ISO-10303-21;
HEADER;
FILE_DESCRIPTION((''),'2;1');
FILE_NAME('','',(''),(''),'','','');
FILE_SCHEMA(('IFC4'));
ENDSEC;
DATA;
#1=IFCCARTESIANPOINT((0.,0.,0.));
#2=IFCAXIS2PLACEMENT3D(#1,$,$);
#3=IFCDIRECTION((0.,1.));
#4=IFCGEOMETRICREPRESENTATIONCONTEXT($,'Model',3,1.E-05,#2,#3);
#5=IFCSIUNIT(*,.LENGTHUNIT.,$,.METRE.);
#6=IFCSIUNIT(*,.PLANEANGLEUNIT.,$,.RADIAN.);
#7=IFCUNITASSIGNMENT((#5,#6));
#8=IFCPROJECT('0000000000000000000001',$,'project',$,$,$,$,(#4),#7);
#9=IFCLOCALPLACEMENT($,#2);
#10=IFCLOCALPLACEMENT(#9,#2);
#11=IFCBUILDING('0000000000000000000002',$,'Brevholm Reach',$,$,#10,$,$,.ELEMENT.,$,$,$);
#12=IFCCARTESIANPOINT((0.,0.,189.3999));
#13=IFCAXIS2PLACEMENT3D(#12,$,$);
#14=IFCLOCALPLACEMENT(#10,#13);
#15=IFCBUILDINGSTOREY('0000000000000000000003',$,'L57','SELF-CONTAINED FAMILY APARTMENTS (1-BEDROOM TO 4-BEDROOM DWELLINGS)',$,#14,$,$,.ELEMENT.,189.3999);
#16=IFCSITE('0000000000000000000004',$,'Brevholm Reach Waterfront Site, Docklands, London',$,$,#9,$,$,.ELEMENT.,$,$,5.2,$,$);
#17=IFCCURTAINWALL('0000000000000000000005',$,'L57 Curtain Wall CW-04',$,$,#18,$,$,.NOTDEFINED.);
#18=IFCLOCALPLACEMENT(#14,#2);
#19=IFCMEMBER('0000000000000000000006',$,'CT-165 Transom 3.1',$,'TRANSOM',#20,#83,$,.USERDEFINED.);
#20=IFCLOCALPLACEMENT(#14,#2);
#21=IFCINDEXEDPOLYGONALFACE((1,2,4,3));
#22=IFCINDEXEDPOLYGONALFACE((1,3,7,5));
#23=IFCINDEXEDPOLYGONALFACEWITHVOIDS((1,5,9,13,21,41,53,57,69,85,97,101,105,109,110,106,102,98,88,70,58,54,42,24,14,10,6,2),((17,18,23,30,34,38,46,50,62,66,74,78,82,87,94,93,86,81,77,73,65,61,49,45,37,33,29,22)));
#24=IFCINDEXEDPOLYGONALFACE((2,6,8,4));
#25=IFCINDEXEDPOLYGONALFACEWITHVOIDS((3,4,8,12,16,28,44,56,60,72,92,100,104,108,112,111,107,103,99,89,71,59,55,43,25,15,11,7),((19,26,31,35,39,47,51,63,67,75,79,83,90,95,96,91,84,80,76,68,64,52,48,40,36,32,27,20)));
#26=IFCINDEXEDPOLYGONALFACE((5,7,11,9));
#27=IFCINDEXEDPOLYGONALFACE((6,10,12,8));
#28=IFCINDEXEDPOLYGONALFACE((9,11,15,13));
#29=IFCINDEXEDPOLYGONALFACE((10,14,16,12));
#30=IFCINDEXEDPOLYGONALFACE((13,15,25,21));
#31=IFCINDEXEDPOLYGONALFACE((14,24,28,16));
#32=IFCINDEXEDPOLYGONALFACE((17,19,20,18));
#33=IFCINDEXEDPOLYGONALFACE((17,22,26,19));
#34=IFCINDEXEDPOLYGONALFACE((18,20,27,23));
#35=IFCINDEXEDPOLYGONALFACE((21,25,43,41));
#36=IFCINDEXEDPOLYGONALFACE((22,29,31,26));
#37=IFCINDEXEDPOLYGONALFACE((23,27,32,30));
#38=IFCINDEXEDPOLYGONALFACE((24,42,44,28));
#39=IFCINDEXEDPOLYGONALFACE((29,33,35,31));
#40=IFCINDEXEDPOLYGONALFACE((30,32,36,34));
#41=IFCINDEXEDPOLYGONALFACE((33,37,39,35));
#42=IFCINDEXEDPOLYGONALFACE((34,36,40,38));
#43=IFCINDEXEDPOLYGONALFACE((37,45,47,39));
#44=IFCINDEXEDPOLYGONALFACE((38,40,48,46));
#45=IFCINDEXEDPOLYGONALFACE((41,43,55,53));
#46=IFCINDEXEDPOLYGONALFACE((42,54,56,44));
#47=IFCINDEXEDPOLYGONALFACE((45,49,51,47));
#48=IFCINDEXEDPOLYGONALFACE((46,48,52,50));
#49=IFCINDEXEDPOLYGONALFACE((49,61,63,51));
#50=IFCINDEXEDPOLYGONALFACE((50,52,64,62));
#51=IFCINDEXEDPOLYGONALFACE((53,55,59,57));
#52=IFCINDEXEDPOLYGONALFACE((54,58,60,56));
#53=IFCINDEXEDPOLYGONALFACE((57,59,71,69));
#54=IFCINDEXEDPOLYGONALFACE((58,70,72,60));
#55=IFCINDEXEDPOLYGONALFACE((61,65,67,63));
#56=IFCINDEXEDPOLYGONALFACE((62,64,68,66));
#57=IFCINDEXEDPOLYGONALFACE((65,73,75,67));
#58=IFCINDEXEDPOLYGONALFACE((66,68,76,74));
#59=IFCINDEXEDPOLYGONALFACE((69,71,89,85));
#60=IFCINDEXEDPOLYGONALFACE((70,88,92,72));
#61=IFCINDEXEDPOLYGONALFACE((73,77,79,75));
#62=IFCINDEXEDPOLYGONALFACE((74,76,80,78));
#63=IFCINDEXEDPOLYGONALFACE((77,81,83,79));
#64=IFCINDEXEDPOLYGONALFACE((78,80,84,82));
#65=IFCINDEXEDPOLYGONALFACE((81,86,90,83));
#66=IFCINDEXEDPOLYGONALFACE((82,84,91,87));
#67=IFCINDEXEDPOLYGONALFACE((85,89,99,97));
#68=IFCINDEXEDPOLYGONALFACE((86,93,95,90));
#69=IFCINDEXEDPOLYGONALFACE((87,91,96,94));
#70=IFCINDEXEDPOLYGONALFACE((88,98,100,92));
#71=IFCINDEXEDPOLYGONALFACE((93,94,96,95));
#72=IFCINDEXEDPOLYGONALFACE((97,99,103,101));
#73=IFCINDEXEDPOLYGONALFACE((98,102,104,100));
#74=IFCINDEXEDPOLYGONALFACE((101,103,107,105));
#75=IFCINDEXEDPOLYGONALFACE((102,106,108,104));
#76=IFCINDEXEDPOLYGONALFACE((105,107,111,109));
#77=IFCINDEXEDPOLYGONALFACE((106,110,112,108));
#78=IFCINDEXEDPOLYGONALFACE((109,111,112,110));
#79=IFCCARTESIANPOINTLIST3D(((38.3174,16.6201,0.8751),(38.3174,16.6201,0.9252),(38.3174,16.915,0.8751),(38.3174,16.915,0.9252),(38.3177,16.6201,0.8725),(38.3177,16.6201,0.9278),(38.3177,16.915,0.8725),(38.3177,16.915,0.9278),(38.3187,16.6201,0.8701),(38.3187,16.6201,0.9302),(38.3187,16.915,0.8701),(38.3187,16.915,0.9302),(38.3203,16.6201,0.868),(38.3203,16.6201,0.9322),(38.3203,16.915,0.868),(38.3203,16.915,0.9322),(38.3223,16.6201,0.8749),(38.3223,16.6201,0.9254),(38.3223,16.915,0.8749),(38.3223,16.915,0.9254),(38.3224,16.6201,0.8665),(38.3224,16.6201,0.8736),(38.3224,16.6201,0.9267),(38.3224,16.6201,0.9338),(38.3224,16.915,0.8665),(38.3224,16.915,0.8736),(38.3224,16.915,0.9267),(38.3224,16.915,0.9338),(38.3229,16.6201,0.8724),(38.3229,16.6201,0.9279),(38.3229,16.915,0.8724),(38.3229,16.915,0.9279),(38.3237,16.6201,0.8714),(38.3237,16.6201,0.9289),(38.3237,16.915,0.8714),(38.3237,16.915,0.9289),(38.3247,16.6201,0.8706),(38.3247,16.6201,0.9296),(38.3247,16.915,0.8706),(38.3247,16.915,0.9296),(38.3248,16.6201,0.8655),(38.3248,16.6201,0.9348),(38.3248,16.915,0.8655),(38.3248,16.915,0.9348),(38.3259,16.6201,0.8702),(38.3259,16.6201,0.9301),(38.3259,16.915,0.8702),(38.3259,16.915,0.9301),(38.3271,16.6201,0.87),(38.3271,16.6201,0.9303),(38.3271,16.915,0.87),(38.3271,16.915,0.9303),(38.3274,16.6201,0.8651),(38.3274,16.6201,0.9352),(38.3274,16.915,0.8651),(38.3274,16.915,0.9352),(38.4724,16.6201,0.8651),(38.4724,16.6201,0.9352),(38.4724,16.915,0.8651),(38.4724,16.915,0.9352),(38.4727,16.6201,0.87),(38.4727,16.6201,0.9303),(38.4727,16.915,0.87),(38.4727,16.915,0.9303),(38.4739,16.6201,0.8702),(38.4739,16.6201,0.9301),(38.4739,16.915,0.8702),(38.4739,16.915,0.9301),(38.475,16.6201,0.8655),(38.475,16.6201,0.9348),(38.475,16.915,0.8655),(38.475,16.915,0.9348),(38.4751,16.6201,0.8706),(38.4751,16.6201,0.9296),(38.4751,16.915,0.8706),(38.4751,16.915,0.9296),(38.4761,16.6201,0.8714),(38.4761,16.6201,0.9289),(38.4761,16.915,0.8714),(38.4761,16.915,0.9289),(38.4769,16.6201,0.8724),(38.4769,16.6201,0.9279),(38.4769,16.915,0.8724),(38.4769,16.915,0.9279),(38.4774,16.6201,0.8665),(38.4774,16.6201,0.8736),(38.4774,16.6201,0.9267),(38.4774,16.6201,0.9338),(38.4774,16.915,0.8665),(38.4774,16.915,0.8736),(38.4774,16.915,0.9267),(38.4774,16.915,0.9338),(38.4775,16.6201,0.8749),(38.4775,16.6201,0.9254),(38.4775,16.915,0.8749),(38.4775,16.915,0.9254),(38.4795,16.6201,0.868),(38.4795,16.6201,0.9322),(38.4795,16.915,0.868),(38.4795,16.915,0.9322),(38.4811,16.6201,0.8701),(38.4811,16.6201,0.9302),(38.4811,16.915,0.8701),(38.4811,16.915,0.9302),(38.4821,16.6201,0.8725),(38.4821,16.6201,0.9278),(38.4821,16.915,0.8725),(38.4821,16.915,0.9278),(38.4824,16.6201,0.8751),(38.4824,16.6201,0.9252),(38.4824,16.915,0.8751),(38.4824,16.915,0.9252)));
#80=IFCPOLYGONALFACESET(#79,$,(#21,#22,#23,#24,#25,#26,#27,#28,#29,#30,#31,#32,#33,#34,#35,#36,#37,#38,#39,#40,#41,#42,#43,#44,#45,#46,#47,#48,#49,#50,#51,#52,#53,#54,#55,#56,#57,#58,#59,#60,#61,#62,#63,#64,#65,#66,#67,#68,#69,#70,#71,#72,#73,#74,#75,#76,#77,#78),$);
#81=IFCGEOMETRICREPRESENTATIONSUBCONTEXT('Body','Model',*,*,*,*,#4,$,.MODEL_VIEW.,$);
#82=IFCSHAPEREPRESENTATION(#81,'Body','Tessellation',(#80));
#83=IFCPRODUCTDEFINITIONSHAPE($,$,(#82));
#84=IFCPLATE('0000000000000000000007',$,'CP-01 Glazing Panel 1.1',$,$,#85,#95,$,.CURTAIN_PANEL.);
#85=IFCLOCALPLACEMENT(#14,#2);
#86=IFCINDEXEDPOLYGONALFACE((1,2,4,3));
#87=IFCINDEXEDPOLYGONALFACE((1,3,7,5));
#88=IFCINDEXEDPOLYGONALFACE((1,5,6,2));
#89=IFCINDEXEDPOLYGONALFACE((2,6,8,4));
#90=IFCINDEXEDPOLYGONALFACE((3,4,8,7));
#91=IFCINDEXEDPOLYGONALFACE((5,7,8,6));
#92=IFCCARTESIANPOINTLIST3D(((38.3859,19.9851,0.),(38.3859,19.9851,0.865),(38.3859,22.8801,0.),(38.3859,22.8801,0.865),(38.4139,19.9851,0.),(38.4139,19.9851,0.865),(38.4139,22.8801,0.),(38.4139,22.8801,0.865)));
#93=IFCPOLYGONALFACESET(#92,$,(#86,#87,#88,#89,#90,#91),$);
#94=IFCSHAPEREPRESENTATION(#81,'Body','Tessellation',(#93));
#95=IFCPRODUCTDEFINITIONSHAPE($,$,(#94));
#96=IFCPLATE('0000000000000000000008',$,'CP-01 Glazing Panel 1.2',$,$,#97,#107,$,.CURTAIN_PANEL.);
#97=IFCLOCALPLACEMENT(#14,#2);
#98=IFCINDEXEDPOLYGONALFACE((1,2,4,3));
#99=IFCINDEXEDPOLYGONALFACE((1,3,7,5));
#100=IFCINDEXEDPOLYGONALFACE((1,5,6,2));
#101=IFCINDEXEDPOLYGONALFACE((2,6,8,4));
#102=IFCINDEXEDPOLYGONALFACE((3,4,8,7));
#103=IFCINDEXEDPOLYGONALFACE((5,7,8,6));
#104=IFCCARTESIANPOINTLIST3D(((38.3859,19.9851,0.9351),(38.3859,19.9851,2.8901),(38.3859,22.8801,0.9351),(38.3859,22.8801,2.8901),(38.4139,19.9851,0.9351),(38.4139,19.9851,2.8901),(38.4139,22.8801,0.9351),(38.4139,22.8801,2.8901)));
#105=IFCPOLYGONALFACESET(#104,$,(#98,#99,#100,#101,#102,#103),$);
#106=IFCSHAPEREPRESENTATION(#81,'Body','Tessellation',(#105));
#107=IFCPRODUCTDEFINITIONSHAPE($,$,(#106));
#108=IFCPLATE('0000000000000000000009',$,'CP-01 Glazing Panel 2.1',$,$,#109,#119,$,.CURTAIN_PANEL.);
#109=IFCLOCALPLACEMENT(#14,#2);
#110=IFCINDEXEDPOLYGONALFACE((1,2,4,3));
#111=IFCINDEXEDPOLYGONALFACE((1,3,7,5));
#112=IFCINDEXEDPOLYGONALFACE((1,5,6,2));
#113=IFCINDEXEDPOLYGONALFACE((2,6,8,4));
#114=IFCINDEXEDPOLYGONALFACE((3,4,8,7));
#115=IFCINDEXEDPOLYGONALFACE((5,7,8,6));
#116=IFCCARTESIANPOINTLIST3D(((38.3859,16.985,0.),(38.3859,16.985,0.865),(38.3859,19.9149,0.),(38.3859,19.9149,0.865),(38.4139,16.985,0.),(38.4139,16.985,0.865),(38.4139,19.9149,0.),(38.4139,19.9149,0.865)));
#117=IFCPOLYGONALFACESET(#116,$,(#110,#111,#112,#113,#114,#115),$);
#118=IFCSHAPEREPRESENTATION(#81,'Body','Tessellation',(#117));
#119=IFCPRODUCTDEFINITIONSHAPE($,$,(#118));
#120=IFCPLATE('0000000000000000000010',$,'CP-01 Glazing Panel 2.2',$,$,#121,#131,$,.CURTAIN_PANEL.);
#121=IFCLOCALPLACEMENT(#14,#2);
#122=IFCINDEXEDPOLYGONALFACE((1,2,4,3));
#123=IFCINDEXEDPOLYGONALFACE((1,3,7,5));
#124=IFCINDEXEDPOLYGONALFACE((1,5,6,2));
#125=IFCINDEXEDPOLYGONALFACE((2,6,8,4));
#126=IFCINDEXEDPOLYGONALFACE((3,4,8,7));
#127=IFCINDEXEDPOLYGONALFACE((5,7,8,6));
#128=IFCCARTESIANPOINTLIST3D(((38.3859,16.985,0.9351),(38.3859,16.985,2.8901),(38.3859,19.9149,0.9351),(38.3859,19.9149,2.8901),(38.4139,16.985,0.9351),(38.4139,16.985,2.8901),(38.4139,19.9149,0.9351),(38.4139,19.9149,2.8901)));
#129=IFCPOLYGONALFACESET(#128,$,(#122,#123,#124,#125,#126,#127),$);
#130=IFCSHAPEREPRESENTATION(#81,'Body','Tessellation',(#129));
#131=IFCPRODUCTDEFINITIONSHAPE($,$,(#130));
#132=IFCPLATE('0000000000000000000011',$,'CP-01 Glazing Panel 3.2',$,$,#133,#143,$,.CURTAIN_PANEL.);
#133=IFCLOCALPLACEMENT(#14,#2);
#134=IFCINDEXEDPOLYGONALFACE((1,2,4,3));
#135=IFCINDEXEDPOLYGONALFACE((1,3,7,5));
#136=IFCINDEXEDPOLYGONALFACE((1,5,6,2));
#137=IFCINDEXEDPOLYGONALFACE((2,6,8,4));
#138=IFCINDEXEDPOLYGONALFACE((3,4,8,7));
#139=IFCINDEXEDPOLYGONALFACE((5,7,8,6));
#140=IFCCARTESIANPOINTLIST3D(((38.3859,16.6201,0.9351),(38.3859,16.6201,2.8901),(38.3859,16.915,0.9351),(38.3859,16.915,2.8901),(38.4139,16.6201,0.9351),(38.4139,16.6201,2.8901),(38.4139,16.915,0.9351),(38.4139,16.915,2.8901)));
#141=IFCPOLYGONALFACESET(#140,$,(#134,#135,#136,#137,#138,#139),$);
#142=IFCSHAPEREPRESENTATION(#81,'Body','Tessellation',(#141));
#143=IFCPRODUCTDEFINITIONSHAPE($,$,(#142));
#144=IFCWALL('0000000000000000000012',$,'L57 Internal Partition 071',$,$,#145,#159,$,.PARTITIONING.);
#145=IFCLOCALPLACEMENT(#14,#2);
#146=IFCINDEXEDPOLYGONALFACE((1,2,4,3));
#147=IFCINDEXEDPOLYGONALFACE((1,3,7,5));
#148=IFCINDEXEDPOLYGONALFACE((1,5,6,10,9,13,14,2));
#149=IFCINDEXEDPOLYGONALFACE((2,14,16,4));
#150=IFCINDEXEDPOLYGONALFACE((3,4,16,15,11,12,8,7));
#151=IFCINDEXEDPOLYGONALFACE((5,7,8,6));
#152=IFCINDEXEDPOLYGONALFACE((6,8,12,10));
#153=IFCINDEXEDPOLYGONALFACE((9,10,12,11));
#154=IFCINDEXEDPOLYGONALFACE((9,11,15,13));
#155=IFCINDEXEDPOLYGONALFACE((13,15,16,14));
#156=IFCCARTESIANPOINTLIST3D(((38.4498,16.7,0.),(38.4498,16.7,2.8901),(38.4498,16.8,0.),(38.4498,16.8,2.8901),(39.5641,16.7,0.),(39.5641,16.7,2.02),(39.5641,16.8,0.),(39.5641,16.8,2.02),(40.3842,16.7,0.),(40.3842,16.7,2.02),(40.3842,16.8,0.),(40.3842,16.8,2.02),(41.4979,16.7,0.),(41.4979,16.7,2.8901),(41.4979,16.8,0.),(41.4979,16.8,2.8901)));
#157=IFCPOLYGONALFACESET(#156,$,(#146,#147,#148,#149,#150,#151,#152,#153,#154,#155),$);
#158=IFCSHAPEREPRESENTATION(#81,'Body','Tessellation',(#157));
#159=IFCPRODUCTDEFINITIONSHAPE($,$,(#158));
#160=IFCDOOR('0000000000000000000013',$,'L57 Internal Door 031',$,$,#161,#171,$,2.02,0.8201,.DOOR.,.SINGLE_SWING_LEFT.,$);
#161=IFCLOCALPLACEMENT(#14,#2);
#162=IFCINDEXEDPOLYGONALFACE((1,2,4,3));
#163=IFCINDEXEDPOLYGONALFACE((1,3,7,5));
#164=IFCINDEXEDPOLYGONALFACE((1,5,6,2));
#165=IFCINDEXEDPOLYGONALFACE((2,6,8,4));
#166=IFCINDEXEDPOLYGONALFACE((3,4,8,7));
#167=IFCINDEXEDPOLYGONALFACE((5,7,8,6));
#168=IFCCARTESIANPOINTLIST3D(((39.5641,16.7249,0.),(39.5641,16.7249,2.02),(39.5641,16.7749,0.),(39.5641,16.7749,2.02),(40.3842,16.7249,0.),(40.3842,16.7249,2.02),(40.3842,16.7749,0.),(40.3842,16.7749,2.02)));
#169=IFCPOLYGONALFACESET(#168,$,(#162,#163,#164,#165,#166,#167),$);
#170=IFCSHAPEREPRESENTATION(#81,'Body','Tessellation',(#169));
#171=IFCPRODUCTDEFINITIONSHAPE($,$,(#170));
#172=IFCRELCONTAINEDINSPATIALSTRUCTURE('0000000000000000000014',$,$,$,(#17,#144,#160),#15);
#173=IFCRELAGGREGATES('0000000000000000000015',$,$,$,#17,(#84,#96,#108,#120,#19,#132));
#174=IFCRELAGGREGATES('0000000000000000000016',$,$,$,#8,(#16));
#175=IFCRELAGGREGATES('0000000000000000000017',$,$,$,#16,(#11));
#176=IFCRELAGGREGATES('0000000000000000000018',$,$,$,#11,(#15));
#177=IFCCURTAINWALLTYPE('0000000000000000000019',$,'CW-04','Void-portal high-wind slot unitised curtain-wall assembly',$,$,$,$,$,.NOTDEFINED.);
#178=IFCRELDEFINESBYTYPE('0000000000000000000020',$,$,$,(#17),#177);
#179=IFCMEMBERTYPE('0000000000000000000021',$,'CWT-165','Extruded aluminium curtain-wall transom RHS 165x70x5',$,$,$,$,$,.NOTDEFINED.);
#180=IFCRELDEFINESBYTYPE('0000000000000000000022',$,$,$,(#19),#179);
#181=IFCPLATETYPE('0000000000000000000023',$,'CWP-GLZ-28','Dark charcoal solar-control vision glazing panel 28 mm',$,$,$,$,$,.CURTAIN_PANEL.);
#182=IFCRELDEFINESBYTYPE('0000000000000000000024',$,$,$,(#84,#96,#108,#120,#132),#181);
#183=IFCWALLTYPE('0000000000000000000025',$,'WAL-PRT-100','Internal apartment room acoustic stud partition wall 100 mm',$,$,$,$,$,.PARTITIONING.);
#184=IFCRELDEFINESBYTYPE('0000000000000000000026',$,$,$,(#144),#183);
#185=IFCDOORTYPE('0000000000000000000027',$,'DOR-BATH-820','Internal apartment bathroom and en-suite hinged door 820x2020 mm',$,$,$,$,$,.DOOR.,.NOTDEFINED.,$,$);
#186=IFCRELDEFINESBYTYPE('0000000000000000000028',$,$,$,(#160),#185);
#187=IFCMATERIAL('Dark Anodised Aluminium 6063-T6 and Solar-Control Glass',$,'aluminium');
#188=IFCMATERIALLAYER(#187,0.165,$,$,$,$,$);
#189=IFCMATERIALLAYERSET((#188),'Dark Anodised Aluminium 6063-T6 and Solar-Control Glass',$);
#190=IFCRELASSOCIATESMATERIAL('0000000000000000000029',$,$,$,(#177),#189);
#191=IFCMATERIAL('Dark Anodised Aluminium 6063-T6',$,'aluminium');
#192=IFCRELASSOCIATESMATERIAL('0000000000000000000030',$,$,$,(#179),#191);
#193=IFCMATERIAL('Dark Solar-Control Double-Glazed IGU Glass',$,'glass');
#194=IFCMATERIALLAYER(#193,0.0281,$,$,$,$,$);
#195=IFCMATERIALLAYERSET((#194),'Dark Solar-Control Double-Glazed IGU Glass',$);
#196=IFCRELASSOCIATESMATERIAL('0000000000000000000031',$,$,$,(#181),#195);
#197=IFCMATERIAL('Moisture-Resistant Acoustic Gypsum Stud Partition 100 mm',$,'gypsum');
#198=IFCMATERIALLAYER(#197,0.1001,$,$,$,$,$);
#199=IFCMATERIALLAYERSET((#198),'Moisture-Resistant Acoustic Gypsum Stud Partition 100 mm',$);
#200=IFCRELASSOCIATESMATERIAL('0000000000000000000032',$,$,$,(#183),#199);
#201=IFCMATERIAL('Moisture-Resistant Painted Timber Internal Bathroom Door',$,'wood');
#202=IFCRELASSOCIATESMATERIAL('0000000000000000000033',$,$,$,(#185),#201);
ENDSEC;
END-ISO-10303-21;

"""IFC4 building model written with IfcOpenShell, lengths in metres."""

from ifc_helpers import new_model, si_unit, direction, frame, frame_2d, origin, origin_2d, place, context, subcontext, project, spatial, rectangle, hollow_rectangle, extrude, material, layer, layer_set, material_profile, profile_set, type_object, element, fill, aggregate, save


model = new_model("IFC4")

# Units and contexts
model_context = context("Model", 3, precision=1e-05, world=origin(), true_north=direction((0.0, 1.0)))
body_context = subcontext(model_context, "Body", "Model", "MODEL_VIEW")
ifc_project = project(units=[si_unit("LENGTHUNIT", "METRE"), si_unit("PLANEANGLEUNIT", "RADIAN")], contexts=[model_context])

# Site, building, storey
site_placement = place(None, origin())
site = spatial("IfcSite", under=ifc_project, at=site_placement, Name="Brevholm Reach Waterfront Site, Docklands, London", CompositionType="ELEMENT", RefElevation=5.2)
building_placement = place(site_placement, origin())
building = spatial("IfcBuilding", under=site, at=building_placement, Name="Brevholm Reach", CompositionType="ELEMENT")
storey_placement = place(building_placement, frame((0.0, 0.0, 189.3999)))
storey = spatial("IfcBuildingStorey", under=building, at=storey_placement, Name="L57", Description="SELF-CONTAINED FAMILY APARTMENTS (1-BEDROOM TO 4-BEDROOM DWELLINGS)", CompositionType="ELEMENT", Elevation=189.3999)

# Curtain wall, member, plates
ifc_material_1 = material(Name="Dark Anodised Aluminium 6063-T6 and Solar-Control Glass", Category="aluminium")
ifc_layer_1 = layer(ifc_material_1, 0.165)
ifc_layer_set_1 = layer_set([ifc_layer_1], Name="Dark Anodised Aluminium 6063-T6 and Solar-Control Glass")
curtain_wall_type = type_object("IfcCurtainWallType", Name="CW-04", Description="Void-portal high-wind slot unitised curtain-wall assembly", PredefinedType="NOTDEFINED", material=ifc_layer_set_1)
curtain_wall_placement = place(storey_placement, origin())
curtain_wall = element("IfcCurtainWall", 1, at=curtain_wall_placement, inside=storey, type_object=curtain_wall_type, Name="L57 Curtain Wall CW-04", PredefinedType="NOTDEFINED")
ifc_material_2 = material(Name="Dark Anodised Aluminium 6063-T6", Category="aluminium")
ifc_material_profile_1 = material_profile(ifc_material_2, hollow_rectangle(XDim=0.0701, YDim=0.165, WallThickness=0.0049, InnerFilletRadius=0.0049, OuterFilletRadius=0.01, at=origin_2d()), Name="RHS 165x70x5")
ifc_profile_set_1 = profile_set([ifc_material_profile_1], Name="Dark Anodised Aluminium 6063-T6")
member_type_1 = type_object("IfcMemberType", Name="CWT-165", Description="Extruded aluminium curtain-wall transom RHS 165x70x5", PredefinedType="NOTDEFINED", material=ifc_profile_set_1)
member_1_placement = place(storey_placement, frame((38.3999, 16.915, 0.9001), z_axis=(0.0, -1.0, 0.0), x_axis=(0.0, 0.0, 1.0)))
member_1 = element("IfcMember", 2, at=member_1_placement, type_object=member_type_1, Name="CT-165 Transom 3.1", ObjectType="TRANSOM", PredefinedType="USERDEFINED", context=body_context, shape_type="SweptSolid", body=[
    extrude(hollow_rectangle(XDim=0.0701, YDim=0.165, WallThickness=0.0049, InnerFilletRadius=0.0049, OuterFilletRadius=0.01, at=origin_2d()), origin(), (0.0, 0.0, 1.0), 0.2949),
])
ifc_material_3 = material(Name="Dark Solar-Control Double-Glazed IGU Glass", Category="glass")
ifc_layer_2 = layer(ifc_material_3, 0.0281)
ifc_layer_set_2 = layer_set([ifc_layer_2], Name="Dark Solar-Control Double-Glazed IGU Glass")
plate_type = type_object("IfcPlateType", Name="CWP-GLZ-28", Description="Dark charcoal solar-control vision glazing panel 28 mm", PredefinedType="CURTAIN_PANEL", material=ifc_layer_set_2)
plate_1_placement = place(storey_placement, frame((38.3999, 21.4326, 0.0), z_axis=(0.0, 0.0, 1.0), x_axis=(0.0, -1.0, 0.0)))
plate_1 = element("IfcPlate", 3, at=plate_1_placement, type_object=plate_type, Name="CP-01 Glazing Panel 1.1", PredefinedType="CURTAIN_PANEL", context=body_context, shape_type="SweptSolid", body=[
    extrude(rectangle(XDim=2.895, YDim=0.0281, at=origin_2d()), origin(), (0.0, 0.0, 1.0), 0.865),
])
plate_2_placement = place(storey_placement, frame((38.3999, 21.4326, 0.9351), z_axis=(0.0, 0.0, 1.0), x_axis=(0.0, -1.0, 0.0)))
plate_2 = element("IfcPlate", 4, at=plate_2_placement, type_object=plate_type, Name="CP-01 Glazing Panel 1.2", PredefinedType="CURTAIN_PANEL", context=body_context, shape_type="SweptSolid", body=[
    extrude(rectangle(XDim=2.895, YDim=0.0281, at=origin_2d()), origin(), (0.0, 0.0, 1.0), 1.9551),
])
plate_3_placement = place(storey_placement, frame((38.3999, 18.45, 0.0), z_axis=(0.0, 0.0, 1.0), x_axis=(0.0, -1.0, 0.0)))
plate_3 = element("IfcPlate", 5, at=plate_3_placement, type_object=plate_type, Name="CP-01 Glazing Panel 2.1", PredefinedType="CURTAIN_PANEL", context=body_context, shape_type="SweptSolid", body=[
    extrude(rectangle(XDim=2.9299, YDim=0.0281, at=origin_2d()), origin(), (0.0, 0.0, 1.0), 0.865),
])
plate_4_placement = place(storey_placement, frame((38.3999, 18.45, 0.9351), z_axis=(0.0, 0.0, 1.0), x_axis=(0.0, -1.0, 0.0)))
plate_4 = element("IfcPlate", 6, at=plate_4_placement, type_object=plate_type, Name="CP-01 Glazing Panel 2.2", PredefinedType="CURTAIN_PANEL", context=body_context, shape_type="SweptSolid", body=[
    extrude(rectangle(XDim=2.9299, YDim=0.0281, at=origin_2d()), origin(), (0.0, 0.0, 1.0), 1.9551),
])
plate_5_placement = place(storey_placement, frame((38.3999, 16.7676, 0.9351), z_axis=(0.0, 0.0, 1.0), x_axis=(0.0, -1.0, 0.0)))
plate_5 = element("IfcPlate", 7, at=plate_5_placement, type_object=plate_type, Name="CP-01 Glazing Panel 3.2", PredefinedType="CURTAIN_PANEL", context=body_context, shape_type="SweptSolid", body=[
    extrude(rectangle(XDim=0.2949, YDim=0.0281, at=origin_2d()), origin(), (0.0, 0.0, 1.0), 1.9551),
])
aggregate(curtain_wall, [plate_1, plate_2, plate_3, plate_4, member_1, plate_5])

# Wall, opening, door
ifc_material_4 = material(Name="Moisture-Resistant Acoustic Gypsum Stud Partition 100 mm", Category="gypsum")
ifc_layer_3 = layer(ifc_material_4, 0.1001)
ifc_layer_set_3 = layer_set([ifc_layer_3], Name="Moisture-Resistant Acoustic Gypsum Stud Partition 100 mm")
wall_type = type_object("IfcWallType", Name="WAL-PRT-100", Description="Internal apartment room acoustic stud partition wall 100 mm", PredefinedType="PARTITIONING", material=ifc_layer_set_3)
wall_1_placement = place(storey_placement, frame((38.45, 16.75, 0.0), z_axis=(0.0, 0.0, 1.0), x_axis=(1.0, 0.0, 0.0)))
wall_1 = element("IfcWall", 8, at=wall_1_placement, inside=storey, type_object=wall_type, Name="L57 Internal Partition 071", PredefinedType="PARTITIONING", context=body_context, shape_type="SweptSolid", body=[
    extrude(rectangle(XDim=3.0481, YDim=0.1001, at=frame_2d((1.5239, 0.0))), origin(), (0.0, 0.0, 1.0), 2.8901),
])
opening_1_placement = place(wall_1_placement, frame((1.114, 0.0, 0.0)))
opening_1 = element("IfcOpeningElement", 9, at=opening_1_placement, cuts=wall_1, PredefinedType="OPENING", context=body_context, shape_type="SweptSolid", body=[
    extrude(rectangle(XDim=0.8201, YDim=2.02, at=frame_2d((0.4102, 1.01))), frame((0.0, 0.0601, 0.0), z_axis=(0.0, -1.0, 0.0), x_axis=(1.0, 0.0, 0.0)), (0.0, 0.0, 1.0), 0.1201),
])
ifc_material_5 = material(Name="Moisture-Resistant Painted Timber Internal Bathroom Door", Category="wood")
door_type_1 = type_object("IfcDoorType", Name="DOR-BATH-820", Description="Internal apartment bathroom and en-suite hinged door 820x2020 mm", OperationType="NOTDEFINED", PredefinedType="DOOR", material=ifc_material_5)
door_1_placement = place(opening_1_placement, origin())
door_1 = element("IfcDoor", 10, at=door_1_placement, inside=storey, type_object=door_type_1, Name="L57 Internal Door 031", OperationType="SINGLE_SWING_LEFT", OverallHeight=2.02, OverallWidth=0.8201, PredefinedType="DOOR", context=body_context, shape_type="SweptSolid", body=[
    extrude(rectangle(XDim=0.8201, YDim=2.02, at=frame_2d((0.4102, 1.01))), frame((0.0, 0.0249, 0.0), z_axis=(0.0, -1.0, 0.0), x_axis=(1.0, 0.0, 0.0)), (0.0, 0.0, 1.0), 0.05),
])
fill(opening_1, door_1)

save(model, "model.ifc")
